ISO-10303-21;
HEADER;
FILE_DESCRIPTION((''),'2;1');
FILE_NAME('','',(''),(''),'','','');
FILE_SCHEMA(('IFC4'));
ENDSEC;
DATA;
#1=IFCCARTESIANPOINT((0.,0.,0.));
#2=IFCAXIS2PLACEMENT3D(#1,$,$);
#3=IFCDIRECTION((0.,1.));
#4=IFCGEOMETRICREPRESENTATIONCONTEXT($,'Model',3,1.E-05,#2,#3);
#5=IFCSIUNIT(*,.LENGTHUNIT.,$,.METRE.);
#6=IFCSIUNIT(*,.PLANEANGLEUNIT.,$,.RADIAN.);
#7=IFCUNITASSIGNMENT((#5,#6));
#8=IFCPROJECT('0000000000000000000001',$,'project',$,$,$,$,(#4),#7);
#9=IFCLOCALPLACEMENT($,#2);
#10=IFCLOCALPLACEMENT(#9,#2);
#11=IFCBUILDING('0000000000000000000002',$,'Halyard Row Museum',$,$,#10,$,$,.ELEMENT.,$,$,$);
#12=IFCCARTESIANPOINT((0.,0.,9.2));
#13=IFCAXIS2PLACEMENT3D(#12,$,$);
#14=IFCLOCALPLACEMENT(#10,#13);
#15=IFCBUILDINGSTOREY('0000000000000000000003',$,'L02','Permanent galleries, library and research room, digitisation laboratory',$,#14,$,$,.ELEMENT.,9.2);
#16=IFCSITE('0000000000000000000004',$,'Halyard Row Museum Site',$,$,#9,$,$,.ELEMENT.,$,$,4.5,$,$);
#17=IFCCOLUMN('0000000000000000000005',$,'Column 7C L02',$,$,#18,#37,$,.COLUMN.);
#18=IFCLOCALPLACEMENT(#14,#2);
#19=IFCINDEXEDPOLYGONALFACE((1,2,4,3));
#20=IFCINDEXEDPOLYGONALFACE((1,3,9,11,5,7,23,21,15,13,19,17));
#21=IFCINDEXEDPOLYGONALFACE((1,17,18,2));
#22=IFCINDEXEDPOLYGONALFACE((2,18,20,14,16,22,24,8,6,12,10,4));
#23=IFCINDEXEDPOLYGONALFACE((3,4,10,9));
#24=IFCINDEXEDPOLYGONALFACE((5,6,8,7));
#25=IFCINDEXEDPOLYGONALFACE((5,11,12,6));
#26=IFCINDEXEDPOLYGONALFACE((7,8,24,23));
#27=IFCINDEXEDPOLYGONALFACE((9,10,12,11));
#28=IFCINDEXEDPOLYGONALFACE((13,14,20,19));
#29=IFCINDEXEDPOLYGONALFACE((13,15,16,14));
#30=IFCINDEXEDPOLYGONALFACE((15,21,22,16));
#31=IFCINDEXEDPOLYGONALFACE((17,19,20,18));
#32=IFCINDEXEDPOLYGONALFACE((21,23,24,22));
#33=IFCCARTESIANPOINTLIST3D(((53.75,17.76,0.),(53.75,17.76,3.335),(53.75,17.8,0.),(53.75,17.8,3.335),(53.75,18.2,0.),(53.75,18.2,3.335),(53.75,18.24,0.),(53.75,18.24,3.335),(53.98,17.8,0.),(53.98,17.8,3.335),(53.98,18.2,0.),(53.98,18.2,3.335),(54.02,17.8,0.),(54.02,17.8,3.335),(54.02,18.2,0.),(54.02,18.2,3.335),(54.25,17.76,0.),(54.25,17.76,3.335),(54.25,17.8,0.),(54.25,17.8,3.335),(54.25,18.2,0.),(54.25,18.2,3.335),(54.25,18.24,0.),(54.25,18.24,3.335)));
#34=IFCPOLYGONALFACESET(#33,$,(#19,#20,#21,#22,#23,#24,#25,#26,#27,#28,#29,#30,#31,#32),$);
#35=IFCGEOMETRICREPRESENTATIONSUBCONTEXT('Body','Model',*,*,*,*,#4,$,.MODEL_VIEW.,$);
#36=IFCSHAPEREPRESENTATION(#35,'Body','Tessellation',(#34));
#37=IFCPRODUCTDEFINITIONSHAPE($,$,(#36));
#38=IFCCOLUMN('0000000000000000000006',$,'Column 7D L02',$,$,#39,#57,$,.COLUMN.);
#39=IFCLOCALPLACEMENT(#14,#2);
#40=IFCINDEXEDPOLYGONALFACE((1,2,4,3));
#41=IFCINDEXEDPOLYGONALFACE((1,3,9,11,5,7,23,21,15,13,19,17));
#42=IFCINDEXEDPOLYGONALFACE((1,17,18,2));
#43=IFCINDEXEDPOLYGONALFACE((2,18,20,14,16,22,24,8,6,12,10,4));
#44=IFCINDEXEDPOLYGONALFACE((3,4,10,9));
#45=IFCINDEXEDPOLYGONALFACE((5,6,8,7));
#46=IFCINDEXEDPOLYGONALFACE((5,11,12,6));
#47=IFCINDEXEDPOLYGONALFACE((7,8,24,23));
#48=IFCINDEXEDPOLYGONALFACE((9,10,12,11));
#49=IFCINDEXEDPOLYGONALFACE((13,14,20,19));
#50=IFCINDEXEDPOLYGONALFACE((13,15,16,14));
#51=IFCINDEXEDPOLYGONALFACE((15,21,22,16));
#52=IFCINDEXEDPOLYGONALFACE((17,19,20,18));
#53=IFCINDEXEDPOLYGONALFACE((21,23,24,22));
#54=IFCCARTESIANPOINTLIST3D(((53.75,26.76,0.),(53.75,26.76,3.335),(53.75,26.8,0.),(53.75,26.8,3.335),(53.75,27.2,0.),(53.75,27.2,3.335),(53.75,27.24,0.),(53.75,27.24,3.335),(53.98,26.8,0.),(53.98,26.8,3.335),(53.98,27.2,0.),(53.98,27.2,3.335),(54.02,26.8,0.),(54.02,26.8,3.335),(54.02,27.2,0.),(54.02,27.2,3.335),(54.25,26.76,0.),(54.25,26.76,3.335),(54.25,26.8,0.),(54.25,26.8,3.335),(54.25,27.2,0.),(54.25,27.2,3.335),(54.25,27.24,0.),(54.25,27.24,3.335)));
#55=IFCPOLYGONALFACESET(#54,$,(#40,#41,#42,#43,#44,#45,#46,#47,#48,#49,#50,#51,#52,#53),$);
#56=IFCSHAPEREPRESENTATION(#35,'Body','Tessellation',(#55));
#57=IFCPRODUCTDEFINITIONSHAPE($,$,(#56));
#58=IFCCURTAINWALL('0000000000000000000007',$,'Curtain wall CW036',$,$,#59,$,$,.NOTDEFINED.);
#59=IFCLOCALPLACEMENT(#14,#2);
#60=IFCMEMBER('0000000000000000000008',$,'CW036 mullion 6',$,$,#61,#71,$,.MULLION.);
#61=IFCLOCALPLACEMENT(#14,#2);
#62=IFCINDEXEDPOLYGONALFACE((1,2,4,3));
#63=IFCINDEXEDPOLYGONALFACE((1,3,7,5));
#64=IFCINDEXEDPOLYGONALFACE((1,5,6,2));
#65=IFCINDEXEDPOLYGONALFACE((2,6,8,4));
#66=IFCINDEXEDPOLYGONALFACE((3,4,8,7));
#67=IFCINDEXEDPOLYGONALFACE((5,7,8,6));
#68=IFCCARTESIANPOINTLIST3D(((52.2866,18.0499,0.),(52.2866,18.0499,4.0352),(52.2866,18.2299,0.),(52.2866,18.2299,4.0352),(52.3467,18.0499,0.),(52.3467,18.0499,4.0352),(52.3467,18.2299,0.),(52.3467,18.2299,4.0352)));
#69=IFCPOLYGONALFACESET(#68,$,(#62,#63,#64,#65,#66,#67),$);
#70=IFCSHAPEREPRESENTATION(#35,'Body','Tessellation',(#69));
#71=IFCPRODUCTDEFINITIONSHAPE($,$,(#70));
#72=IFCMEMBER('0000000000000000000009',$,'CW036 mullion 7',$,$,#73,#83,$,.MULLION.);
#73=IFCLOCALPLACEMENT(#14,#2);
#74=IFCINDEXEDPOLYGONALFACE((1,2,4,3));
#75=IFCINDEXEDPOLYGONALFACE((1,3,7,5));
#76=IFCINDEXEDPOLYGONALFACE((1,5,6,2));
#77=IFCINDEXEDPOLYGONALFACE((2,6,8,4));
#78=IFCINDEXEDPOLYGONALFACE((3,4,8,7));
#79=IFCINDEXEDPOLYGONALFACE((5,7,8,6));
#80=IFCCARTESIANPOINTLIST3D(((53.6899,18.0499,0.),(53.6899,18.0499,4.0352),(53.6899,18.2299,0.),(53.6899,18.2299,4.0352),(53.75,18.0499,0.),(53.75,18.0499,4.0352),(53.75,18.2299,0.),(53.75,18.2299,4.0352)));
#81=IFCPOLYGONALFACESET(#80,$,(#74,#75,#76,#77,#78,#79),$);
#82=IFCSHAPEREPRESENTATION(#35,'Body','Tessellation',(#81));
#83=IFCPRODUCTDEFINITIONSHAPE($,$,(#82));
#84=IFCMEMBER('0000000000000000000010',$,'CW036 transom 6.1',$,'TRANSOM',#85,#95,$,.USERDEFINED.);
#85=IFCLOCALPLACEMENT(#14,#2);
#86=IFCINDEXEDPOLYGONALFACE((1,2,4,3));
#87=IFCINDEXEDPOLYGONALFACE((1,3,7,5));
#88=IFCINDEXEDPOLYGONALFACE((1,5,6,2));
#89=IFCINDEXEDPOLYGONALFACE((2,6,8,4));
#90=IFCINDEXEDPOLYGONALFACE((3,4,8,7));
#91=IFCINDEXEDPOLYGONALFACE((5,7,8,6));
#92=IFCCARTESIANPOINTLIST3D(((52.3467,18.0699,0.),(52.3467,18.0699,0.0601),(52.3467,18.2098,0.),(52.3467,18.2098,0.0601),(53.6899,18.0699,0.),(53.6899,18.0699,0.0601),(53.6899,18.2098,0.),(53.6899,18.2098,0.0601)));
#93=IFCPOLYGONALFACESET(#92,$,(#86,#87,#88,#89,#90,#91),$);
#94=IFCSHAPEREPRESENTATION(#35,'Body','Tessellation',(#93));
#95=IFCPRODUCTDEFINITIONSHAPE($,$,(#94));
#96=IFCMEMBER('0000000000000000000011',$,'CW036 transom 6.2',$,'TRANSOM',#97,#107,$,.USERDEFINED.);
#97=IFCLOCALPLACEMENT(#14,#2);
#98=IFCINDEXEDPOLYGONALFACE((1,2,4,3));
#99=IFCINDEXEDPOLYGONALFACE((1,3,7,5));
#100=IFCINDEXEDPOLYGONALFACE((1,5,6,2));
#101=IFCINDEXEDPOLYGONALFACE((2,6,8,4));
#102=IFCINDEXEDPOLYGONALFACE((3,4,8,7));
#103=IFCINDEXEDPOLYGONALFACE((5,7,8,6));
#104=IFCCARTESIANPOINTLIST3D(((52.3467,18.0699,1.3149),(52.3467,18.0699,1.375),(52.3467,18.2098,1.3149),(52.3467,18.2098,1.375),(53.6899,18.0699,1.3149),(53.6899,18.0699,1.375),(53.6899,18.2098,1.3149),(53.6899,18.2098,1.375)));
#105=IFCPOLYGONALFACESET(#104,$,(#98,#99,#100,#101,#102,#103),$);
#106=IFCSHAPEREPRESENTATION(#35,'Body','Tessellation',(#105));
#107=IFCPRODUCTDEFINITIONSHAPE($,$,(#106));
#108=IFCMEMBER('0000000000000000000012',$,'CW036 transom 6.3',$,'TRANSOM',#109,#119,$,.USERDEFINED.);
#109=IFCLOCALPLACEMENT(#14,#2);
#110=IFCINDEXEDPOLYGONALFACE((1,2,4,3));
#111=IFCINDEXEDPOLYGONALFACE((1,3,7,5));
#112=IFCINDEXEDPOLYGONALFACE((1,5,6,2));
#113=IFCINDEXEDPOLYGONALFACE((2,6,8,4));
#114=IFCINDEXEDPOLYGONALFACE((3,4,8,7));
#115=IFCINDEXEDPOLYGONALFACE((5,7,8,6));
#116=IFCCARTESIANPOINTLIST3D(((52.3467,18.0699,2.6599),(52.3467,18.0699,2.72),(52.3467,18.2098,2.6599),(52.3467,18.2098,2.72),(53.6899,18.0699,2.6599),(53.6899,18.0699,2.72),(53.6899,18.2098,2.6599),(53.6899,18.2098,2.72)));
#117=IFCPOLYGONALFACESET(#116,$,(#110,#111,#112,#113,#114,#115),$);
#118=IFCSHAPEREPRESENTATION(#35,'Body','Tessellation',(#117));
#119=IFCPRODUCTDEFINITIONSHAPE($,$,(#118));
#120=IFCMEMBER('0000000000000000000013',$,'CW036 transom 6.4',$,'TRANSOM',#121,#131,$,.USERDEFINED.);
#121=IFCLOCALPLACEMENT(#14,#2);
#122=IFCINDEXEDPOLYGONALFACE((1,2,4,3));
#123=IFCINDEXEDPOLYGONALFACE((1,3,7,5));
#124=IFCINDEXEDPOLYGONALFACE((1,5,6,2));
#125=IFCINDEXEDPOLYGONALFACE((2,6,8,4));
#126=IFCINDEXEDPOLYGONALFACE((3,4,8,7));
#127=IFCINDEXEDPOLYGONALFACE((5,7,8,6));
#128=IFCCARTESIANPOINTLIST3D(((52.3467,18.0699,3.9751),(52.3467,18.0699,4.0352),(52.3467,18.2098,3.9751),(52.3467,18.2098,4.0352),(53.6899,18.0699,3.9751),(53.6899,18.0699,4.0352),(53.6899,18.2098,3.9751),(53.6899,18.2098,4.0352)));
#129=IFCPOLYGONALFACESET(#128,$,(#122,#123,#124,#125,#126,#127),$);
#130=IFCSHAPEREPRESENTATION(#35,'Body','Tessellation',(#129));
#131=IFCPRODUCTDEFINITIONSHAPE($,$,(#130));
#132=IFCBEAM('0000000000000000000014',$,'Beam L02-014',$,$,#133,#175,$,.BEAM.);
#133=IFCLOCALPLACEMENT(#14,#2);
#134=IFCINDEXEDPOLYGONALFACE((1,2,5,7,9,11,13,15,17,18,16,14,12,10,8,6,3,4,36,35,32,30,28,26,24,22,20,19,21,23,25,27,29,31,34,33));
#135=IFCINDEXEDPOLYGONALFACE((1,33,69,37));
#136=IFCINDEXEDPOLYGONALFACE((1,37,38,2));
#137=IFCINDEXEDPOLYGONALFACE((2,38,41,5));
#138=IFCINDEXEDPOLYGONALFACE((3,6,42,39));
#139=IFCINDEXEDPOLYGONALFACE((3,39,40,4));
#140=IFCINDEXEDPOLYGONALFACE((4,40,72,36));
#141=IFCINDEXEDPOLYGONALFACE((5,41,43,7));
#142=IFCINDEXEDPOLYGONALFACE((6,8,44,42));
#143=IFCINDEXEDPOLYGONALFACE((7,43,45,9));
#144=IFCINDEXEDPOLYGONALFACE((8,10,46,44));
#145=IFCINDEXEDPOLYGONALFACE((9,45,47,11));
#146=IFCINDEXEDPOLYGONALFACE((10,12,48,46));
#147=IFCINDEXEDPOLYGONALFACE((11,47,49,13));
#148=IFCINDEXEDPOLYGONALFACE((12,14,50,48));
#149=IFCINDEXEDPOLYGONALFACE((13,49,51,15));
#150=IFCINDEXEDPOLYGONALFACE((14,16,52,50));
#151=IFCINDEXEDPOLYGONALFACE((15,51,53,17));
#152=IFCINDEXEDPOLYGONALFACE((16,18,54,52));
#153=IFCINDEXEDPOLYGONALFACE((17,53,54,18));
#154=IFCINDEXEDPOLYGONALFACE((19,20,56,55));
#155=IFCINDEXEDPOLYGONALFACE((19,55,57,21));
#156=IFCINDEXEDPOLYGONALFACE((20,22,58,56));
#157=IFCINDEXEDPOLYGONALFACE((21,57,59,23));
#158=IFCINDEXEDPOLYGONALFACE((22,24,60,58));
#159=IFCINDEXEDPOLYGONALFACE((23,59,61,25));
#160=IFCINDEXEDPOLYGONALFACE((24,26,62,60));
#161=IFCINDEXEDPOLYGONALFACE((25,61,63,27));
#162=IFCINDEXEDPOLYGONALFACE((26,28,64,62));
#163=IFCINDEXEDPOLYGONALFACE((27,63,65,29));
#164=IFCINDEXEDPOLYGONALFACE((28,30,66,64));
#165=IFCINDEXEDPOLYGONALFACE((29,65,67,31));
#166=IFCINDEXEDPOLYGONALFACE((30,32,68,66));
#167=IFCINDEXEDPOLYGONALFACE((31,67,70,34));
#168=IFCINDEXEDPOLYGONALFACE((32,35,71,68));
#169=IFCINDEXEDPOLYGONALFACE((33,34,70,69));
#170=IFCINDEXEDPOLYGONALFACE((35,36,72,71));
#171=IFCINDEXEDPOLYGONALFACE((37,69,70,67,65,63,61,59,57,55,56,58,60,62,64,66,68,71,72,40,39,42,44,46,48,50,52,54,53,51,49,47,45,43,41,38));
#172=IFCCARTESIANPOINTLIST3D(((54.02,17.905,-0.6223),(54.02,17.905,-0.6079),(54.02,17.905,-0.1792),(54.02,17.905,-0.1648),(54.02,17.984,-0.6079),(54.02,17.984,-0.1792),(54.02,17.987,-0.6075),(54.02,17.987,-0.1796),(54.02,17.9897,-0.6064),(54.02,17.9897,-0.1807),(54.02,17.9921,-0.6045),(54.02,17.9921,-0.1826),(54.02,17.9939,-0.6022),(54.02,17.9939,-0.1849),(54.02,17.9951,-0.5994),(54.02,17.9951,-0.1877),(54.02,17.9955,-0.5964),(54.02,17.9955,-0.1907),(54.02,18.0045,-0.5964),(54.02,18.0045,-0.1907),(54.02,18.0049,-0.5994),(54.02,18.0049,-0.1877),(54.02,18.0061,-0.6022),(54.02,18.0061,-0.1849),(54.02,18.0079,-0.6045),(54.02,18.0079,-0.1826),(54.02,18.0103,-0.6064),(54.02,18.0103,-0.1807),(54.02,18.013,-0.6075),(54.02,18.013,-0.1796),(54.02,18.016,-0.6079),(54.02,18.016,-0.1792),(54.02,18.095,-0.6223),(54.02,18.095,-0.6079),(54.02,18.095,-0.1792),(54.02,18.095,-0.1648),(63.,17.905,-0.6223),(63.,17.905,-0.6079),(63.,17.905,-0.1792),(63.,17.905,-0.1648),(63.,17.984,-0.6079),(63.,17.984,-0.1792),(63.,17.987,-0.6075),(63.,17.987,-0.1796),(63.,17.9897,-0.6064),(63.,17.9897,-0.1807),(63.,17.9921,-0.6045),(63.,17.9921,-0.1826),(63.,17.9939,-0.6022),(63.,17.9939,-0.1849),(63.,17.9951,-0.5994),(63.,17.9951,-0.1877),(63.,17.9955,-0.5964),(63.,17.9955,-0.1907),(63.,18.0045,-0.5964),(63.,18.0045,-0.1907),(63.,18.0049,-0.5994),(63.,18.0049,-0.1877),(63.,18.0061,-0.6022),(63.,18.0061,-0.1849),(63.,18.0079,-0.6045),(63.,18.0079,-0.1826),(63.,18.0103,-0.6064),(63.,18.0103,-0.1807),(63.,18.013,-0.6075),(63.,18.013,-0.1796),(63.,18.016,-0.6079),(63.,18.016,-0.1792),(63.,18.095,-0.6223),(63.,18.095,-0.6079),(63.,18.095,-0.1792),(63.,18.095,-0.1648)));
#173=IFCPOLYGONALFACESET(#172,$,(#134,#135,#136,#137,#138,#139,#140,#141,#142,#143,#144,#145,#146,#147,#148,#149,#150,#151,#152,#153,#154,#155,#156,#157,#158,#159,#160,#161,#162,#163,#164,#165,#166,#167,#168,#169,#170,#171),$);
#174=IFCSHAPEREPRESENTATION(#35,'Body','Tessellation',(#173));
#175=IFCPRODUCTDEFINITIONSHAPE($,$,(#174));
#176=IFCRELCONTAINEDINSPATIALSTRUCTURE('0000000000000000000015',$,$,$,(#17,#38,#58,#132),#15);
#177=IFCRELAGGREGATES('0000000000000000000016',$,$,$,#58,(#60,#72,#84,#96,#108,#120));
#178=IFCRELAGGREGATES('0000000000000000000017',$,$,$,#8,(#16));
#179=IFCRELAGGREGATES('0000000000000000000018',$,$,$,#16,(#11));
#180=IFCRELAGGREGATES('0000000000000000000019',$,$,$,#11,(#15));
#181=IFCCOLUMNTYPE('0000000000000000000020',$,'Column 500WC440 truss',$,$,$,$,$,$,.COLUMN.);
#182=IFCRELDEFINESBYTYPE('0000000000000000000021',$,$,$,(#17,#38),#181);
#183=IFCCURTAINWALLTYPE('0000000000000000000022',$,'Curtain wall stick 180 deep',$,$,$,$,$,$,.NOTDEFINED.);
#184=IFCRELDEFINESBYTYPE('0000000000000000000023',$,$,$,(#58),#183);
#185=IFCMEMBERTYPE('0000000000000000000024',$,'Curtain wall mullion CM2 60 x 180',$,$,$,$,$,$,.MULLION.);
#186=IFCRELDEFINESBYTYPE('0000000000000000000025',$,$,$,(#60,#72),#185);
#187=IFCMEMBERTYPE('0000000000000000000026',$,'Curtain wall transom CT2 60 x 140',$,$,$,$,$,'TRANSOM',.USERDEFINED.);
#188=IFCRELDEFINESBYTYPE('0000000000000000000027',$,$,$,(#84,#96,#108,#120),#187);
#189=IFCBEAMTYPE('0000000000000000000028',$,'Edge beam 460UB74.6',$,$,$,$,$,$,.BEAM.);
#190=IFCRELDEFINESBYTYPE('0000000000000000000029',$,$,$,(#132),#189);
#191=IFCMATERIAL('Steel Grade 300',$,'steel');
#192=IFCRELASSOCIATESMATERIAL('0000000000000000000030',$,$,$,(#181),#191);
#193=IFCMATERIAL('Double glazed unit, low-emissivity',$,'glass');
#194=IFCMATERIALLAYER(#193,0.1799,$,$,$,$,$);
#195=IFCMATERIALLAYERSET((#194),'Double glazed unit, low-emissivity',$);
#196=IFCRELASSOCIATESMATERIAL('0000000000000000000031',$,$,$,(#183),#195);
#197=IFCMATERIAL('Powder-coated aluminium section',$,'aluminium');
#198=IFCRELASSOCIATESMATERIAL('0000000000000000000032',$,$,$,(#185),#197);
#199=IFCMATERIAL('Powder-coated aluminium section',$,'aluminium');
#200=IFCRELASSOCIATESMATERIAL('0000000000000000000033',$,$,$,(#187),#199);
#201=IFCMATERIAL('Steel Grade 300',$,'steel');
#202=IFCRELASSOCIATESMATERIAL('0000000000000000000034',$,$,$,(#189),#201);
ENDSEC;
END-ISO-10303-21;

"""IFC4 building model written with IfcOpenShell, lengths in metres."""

from ifc_helpers import new_model, si_unit, direction, frame, origin, origin_2d, place, context, subcontext, project, spatial, rectangle, i_section, extrude, material, layer, layer_set, material_profile, profile_set, type_object, element, aggregate, save


model = new_model("IFC4")

# Units and contexts
model_context = context("Model", 3, precision=1e-05, world=origin(), true_north=direction((0.0, 1.0)))
body_context = subcontext(model_context, "Body", "Model", "MODEL_VIEW")
ifc_project = project(units=[si_unit("LENGTHUNIT", "METRE"), si_unit("PLANEANGLEUNIT", "RADIAN")], contexts=[model_context])

# Site, building, storey
site_placement = place(None, origin())
site = spatial("IfcSite", under=ifc_project, at=site_placement, Name="Halyard Row Museum Site", CompositionType="ELEMENT", RefElevation=4.5)
building_placement = place(site_placement, origin())
building = spatial("IfcBuilding", under=site, at=building_placement, Name="Halyard Row Museum", CompositionType="ELEMENT")
storey_placement = place(building_placement, frame((0.0, 0.0, 9.2)))
storey = spatial("IfcBuildingStorey", under=building, at=storey_placement, Name="L02", Description="Permanent galleries, library and research room, digitisation laboratory", CompositionType="ELEMENT", Elevation=9.2)

# Columns
ifc_material_1 = material(Name="Steel Grade 300", Category="steel")
ifc_material_profile_1 = material_profile(ifc_material_1, i_section(OverallWidth=0.5, OverallDepth=0.48, WebThickness=0.04, FlangeThickness=0.04, at=origin_2d()), Name="500WC440")
ifc_profile_set_1 = profile_set([ifc_material_profile_1], Name="Steel Grade 300")
column_type = type_object("IfcColumnType", Name="Column 500WC440 truss", PredefinedType="COLUMN", material=ifc_profile_set_1)
for number, where, z_axis, x_axis, name in (
    (1, (54.0, 18.0, 0.0), (0.0, 0.0, 1.0), (1.0, 0.0, 0.0), "Column 7C L02"),
    (2, (54.0, 27.0, 0.0), (0.0, 0.0, 1.0), (1.0, 0.0, 0.0), "Column 7D L02"),
):
    element("IfcColumn", number, at=place(storey_placement, frame(where, z_axis=z_axis, x_axis=x_axis)), inside=storey, type_object=column_type, Name=name, PredefinedType="COLUMN", context=body_context, shape_type="SweptSolid", body=[
        extrude(i_section(OverallWidth=0.5, OverallDepth=0.48, WebThickness=0.04, FlangeThickness=0.04, at=origin_2d()), origin(), (0.0, 0.0, 1.0), 3.335),
    ])

# Curtain wall, members
ifc_material_2 = material(Name="Double glazed unit, low-emissivity", Category="glass")
ifc_layer_1 = layer(ifc_material_2, 0.1799)
ifc_layer_set_1 = layer_set([ifc_layer_1], Name="Double glazed unit, low-emissivity")
curtain_wall_type = type_object("IfcCurtainWallType", Name="Curtain wall stick 180 deep", PredefinedType="NOTDEFINED", material=ifc_layer_set_1)
curtain_wall_placement = place(storey_placement, origin())
curtain_wall = element("IfcCurtainWall", 3, at=curtain_wall_placement, inside=storey, type_object=curtain_wall_type, Name="Curtain wall CW036", PredefinedType="NOTDEFINED")
ifc_material_3 = material(Name="Powder-coated aluminium section", Category="aluminium")
ifc_material_profile_2 = material_profile(ifc_material_3, rectangle(XDim=0.1799, YDim=0.0601, at=origin_2d()), Name="180x60 mullion")
ifc_profile_set_2 = profile_set([ifc_material_profile_2], Name="Powder-coated aluminium section")
member_type_1 = type_object("IfcMemberType", Name="Curtain wall mullion CM2 60 x 180", PredefinedType="MULLION", material=ifc_profile_set_2)
member_1_placement = place(storey_placement, frame((52.3167, 18.1399, 0.0), z_axis=(0.0, 0.0, 1.0), x_axis=(0.0, 1.0, 0.0)))
member_1 = element("IfcMember", 4, at=member_1_placement, type_object=member_type_1, Name="CW036 mullion 6", PredefinedType="MULLION", context=body_context, shape_type="SweptSolid", body=[
    extrude(rectangle(XDim=0.1799, YDim=0.0601, at=origin_2d()), origin(), (0.0, 0.0, 1.0), 4.0352),
])
member_2_placement = place(storey_placement, frame((53.72, 18.1399, 0.0), z_axis=(0.0, 0.0, 1.0), x_axis=(0.0, 1.0, 0.0)))
member_2 = element("IfcMember", 5, at=member_2_placement, type_object=member_type_1, Name="CW036 mullion 7", PredefinedType="MULLION", context=body_context, shape_type="SweptSolid", body=[
    extrude(rectangle(XDim=0.1799, YDim=0.0601, at=origin_2d()), origin(), (0.0, 0.0, 1.0), 4.0352),
])
ifc_material_4 = material(Name="Powder-coated aluminium section", Category="aluminium")
ifc_material_profile_3 = material_profile(ifc_material_4, rectangle(XDim=0.1399, YDim=0.0601, at=origin_2d()), Name="140x60 transom")
ifc_profile_set_3 = profile_set([ifc_material_profile_3], Name="Powder-coated aluminium section")
member_type_2 = type_object("IfcMemberType", Name="Curtain wall transom CT2 60 x 140", ElementType="TRANSOM", PredefinedType="USERDEFINED", material=ifc_profile_set_3)
member_3_placement = place(storey_placement, frame((52.3467, 18.1399, 0.03), z_axis=(1.0, 0.0, 0.0), x_axis=(0.0, 1.0, 0.0)))
member_3 = element("IfcMember", 6, at=member_3_placement, type_object=member_type_2, Name="CW036 transom 6.1", ObjectType="TRANSOM", PredefinedType="USERDEFINED", context=body_context, shape_type="SweptSolid", body=[
    extrude(rectangle(XDim=0.1399, YDim=0.0601, at=origin_2d()), origin(), (0.0, 0.0, 1.0), 1.3433),
])
member_4_placement = place(storey_placement, frame((52.3467, 18.1399, 1.345), z_axis=(1.0, 0.0, 0.0), x_axis=(0.0, 1.0, 0.0)))
member_4 = element("IfcMember", 7, at=member_4_placement, type_object=member_type_2, Name="CW036 transom 6.2", ObjectType="TRANSOM", PredefinedType="USERDEFINED", context=body_context, shape_type="SweptSolid", body=[
    extrude(rectangle(XDim=0.1399, YDim=0.0601, at=origin_2d()), origin(), (0.0, 0.0, 1.0), 1.3433),
])
member_5_placement = place(storey_placement, frame((52.3467, 18.1399, 2.6899), z_axis=(1.0, 0.0, 0.0), x_axis=(0.0, 1.0, 0.0)))
member_5 = element("IfcMember", 8, at=member_5_placement, type_object=member_type_2, Name="CW036 transom 6.3", ObjectType="TRANSOM", PredefinedType="USERDEFINED", context=body_context, shape_type="SweptSolid", body=[
    extrude(rectangle(XDim=0.1399, YDim=0.0601, at=origin_2d()), origin(), (0.0, 0.0, 1.0), 1.3433),
])
member_6_placement = place(storey_placement, frame((52.3467, 18.1399, 4.0051), z_axis=(1.0, 0.0, 0.0), x_axis=(0.0, 1.0, 0.0)))
member_6 = element("IfcMember", 9, at=member_6_placement, type_object=member_type_2, Name="CW036 transom 6.4", ObjectType="TRANSOM", PredefinedType="USERDEFINED", context=body_context, shape_type="SweptSolid", body=[
    extrude(rectangle(XDim=0.1399, YDim=0.0601, at=origin_2d()), origin(), (0.0, 0.0, 1.0), 1.3433),
])

# Beam
ifc_material_5 = material(Name="Steel Grade 300", Category="steel")
ifc_material_profile_4 = material_profile(ifc_material_5, i_section(OverallWidth=0.1899, OverallDepth=0.4575, WebThickness=0.009, FlangeThickness=0.0144, FilletRadius=0.0115, at=origin_2d()), Name="460UB74.6")
ifc_profile_set_4 = profile_set([ifc_material_profile_4], Name="Steel Grade 300")
beam_type_1 = type_object("IfcBeamType", Name="Edge beam 460UB74.6", PredefinedType="BEAM", material=ifc_profile_set_4)
beam_1_placement = place(storey_placement, frame((54.02, 18.0, -0.3936), z_axis=(1.0, 0.0, 0.0), x_axis=(0.0, 1.0, 0.0)))
element("IfcBeam", 10, at=beam_1_placement, inside=storey, type_object=beam_type_1, Name="Beam L02-014", PredefinedType="BEAM", context=body_context, shape_type="SweptSolid", body=[
    extrude(i_section(OverallWidth=0.1899, OverallDepth=0.4575, WebThickness=0.009, FlangeThickness=0.0144, FilletRadius=0.0115, at=origin_2d()), origin(), (0.0, 0.0, 1.0), 8.98),
])

aggregate(curtain_wall, [member_1, member_2, member_3, member_4, member_5, member_6])

save(model, "model.ifc")
